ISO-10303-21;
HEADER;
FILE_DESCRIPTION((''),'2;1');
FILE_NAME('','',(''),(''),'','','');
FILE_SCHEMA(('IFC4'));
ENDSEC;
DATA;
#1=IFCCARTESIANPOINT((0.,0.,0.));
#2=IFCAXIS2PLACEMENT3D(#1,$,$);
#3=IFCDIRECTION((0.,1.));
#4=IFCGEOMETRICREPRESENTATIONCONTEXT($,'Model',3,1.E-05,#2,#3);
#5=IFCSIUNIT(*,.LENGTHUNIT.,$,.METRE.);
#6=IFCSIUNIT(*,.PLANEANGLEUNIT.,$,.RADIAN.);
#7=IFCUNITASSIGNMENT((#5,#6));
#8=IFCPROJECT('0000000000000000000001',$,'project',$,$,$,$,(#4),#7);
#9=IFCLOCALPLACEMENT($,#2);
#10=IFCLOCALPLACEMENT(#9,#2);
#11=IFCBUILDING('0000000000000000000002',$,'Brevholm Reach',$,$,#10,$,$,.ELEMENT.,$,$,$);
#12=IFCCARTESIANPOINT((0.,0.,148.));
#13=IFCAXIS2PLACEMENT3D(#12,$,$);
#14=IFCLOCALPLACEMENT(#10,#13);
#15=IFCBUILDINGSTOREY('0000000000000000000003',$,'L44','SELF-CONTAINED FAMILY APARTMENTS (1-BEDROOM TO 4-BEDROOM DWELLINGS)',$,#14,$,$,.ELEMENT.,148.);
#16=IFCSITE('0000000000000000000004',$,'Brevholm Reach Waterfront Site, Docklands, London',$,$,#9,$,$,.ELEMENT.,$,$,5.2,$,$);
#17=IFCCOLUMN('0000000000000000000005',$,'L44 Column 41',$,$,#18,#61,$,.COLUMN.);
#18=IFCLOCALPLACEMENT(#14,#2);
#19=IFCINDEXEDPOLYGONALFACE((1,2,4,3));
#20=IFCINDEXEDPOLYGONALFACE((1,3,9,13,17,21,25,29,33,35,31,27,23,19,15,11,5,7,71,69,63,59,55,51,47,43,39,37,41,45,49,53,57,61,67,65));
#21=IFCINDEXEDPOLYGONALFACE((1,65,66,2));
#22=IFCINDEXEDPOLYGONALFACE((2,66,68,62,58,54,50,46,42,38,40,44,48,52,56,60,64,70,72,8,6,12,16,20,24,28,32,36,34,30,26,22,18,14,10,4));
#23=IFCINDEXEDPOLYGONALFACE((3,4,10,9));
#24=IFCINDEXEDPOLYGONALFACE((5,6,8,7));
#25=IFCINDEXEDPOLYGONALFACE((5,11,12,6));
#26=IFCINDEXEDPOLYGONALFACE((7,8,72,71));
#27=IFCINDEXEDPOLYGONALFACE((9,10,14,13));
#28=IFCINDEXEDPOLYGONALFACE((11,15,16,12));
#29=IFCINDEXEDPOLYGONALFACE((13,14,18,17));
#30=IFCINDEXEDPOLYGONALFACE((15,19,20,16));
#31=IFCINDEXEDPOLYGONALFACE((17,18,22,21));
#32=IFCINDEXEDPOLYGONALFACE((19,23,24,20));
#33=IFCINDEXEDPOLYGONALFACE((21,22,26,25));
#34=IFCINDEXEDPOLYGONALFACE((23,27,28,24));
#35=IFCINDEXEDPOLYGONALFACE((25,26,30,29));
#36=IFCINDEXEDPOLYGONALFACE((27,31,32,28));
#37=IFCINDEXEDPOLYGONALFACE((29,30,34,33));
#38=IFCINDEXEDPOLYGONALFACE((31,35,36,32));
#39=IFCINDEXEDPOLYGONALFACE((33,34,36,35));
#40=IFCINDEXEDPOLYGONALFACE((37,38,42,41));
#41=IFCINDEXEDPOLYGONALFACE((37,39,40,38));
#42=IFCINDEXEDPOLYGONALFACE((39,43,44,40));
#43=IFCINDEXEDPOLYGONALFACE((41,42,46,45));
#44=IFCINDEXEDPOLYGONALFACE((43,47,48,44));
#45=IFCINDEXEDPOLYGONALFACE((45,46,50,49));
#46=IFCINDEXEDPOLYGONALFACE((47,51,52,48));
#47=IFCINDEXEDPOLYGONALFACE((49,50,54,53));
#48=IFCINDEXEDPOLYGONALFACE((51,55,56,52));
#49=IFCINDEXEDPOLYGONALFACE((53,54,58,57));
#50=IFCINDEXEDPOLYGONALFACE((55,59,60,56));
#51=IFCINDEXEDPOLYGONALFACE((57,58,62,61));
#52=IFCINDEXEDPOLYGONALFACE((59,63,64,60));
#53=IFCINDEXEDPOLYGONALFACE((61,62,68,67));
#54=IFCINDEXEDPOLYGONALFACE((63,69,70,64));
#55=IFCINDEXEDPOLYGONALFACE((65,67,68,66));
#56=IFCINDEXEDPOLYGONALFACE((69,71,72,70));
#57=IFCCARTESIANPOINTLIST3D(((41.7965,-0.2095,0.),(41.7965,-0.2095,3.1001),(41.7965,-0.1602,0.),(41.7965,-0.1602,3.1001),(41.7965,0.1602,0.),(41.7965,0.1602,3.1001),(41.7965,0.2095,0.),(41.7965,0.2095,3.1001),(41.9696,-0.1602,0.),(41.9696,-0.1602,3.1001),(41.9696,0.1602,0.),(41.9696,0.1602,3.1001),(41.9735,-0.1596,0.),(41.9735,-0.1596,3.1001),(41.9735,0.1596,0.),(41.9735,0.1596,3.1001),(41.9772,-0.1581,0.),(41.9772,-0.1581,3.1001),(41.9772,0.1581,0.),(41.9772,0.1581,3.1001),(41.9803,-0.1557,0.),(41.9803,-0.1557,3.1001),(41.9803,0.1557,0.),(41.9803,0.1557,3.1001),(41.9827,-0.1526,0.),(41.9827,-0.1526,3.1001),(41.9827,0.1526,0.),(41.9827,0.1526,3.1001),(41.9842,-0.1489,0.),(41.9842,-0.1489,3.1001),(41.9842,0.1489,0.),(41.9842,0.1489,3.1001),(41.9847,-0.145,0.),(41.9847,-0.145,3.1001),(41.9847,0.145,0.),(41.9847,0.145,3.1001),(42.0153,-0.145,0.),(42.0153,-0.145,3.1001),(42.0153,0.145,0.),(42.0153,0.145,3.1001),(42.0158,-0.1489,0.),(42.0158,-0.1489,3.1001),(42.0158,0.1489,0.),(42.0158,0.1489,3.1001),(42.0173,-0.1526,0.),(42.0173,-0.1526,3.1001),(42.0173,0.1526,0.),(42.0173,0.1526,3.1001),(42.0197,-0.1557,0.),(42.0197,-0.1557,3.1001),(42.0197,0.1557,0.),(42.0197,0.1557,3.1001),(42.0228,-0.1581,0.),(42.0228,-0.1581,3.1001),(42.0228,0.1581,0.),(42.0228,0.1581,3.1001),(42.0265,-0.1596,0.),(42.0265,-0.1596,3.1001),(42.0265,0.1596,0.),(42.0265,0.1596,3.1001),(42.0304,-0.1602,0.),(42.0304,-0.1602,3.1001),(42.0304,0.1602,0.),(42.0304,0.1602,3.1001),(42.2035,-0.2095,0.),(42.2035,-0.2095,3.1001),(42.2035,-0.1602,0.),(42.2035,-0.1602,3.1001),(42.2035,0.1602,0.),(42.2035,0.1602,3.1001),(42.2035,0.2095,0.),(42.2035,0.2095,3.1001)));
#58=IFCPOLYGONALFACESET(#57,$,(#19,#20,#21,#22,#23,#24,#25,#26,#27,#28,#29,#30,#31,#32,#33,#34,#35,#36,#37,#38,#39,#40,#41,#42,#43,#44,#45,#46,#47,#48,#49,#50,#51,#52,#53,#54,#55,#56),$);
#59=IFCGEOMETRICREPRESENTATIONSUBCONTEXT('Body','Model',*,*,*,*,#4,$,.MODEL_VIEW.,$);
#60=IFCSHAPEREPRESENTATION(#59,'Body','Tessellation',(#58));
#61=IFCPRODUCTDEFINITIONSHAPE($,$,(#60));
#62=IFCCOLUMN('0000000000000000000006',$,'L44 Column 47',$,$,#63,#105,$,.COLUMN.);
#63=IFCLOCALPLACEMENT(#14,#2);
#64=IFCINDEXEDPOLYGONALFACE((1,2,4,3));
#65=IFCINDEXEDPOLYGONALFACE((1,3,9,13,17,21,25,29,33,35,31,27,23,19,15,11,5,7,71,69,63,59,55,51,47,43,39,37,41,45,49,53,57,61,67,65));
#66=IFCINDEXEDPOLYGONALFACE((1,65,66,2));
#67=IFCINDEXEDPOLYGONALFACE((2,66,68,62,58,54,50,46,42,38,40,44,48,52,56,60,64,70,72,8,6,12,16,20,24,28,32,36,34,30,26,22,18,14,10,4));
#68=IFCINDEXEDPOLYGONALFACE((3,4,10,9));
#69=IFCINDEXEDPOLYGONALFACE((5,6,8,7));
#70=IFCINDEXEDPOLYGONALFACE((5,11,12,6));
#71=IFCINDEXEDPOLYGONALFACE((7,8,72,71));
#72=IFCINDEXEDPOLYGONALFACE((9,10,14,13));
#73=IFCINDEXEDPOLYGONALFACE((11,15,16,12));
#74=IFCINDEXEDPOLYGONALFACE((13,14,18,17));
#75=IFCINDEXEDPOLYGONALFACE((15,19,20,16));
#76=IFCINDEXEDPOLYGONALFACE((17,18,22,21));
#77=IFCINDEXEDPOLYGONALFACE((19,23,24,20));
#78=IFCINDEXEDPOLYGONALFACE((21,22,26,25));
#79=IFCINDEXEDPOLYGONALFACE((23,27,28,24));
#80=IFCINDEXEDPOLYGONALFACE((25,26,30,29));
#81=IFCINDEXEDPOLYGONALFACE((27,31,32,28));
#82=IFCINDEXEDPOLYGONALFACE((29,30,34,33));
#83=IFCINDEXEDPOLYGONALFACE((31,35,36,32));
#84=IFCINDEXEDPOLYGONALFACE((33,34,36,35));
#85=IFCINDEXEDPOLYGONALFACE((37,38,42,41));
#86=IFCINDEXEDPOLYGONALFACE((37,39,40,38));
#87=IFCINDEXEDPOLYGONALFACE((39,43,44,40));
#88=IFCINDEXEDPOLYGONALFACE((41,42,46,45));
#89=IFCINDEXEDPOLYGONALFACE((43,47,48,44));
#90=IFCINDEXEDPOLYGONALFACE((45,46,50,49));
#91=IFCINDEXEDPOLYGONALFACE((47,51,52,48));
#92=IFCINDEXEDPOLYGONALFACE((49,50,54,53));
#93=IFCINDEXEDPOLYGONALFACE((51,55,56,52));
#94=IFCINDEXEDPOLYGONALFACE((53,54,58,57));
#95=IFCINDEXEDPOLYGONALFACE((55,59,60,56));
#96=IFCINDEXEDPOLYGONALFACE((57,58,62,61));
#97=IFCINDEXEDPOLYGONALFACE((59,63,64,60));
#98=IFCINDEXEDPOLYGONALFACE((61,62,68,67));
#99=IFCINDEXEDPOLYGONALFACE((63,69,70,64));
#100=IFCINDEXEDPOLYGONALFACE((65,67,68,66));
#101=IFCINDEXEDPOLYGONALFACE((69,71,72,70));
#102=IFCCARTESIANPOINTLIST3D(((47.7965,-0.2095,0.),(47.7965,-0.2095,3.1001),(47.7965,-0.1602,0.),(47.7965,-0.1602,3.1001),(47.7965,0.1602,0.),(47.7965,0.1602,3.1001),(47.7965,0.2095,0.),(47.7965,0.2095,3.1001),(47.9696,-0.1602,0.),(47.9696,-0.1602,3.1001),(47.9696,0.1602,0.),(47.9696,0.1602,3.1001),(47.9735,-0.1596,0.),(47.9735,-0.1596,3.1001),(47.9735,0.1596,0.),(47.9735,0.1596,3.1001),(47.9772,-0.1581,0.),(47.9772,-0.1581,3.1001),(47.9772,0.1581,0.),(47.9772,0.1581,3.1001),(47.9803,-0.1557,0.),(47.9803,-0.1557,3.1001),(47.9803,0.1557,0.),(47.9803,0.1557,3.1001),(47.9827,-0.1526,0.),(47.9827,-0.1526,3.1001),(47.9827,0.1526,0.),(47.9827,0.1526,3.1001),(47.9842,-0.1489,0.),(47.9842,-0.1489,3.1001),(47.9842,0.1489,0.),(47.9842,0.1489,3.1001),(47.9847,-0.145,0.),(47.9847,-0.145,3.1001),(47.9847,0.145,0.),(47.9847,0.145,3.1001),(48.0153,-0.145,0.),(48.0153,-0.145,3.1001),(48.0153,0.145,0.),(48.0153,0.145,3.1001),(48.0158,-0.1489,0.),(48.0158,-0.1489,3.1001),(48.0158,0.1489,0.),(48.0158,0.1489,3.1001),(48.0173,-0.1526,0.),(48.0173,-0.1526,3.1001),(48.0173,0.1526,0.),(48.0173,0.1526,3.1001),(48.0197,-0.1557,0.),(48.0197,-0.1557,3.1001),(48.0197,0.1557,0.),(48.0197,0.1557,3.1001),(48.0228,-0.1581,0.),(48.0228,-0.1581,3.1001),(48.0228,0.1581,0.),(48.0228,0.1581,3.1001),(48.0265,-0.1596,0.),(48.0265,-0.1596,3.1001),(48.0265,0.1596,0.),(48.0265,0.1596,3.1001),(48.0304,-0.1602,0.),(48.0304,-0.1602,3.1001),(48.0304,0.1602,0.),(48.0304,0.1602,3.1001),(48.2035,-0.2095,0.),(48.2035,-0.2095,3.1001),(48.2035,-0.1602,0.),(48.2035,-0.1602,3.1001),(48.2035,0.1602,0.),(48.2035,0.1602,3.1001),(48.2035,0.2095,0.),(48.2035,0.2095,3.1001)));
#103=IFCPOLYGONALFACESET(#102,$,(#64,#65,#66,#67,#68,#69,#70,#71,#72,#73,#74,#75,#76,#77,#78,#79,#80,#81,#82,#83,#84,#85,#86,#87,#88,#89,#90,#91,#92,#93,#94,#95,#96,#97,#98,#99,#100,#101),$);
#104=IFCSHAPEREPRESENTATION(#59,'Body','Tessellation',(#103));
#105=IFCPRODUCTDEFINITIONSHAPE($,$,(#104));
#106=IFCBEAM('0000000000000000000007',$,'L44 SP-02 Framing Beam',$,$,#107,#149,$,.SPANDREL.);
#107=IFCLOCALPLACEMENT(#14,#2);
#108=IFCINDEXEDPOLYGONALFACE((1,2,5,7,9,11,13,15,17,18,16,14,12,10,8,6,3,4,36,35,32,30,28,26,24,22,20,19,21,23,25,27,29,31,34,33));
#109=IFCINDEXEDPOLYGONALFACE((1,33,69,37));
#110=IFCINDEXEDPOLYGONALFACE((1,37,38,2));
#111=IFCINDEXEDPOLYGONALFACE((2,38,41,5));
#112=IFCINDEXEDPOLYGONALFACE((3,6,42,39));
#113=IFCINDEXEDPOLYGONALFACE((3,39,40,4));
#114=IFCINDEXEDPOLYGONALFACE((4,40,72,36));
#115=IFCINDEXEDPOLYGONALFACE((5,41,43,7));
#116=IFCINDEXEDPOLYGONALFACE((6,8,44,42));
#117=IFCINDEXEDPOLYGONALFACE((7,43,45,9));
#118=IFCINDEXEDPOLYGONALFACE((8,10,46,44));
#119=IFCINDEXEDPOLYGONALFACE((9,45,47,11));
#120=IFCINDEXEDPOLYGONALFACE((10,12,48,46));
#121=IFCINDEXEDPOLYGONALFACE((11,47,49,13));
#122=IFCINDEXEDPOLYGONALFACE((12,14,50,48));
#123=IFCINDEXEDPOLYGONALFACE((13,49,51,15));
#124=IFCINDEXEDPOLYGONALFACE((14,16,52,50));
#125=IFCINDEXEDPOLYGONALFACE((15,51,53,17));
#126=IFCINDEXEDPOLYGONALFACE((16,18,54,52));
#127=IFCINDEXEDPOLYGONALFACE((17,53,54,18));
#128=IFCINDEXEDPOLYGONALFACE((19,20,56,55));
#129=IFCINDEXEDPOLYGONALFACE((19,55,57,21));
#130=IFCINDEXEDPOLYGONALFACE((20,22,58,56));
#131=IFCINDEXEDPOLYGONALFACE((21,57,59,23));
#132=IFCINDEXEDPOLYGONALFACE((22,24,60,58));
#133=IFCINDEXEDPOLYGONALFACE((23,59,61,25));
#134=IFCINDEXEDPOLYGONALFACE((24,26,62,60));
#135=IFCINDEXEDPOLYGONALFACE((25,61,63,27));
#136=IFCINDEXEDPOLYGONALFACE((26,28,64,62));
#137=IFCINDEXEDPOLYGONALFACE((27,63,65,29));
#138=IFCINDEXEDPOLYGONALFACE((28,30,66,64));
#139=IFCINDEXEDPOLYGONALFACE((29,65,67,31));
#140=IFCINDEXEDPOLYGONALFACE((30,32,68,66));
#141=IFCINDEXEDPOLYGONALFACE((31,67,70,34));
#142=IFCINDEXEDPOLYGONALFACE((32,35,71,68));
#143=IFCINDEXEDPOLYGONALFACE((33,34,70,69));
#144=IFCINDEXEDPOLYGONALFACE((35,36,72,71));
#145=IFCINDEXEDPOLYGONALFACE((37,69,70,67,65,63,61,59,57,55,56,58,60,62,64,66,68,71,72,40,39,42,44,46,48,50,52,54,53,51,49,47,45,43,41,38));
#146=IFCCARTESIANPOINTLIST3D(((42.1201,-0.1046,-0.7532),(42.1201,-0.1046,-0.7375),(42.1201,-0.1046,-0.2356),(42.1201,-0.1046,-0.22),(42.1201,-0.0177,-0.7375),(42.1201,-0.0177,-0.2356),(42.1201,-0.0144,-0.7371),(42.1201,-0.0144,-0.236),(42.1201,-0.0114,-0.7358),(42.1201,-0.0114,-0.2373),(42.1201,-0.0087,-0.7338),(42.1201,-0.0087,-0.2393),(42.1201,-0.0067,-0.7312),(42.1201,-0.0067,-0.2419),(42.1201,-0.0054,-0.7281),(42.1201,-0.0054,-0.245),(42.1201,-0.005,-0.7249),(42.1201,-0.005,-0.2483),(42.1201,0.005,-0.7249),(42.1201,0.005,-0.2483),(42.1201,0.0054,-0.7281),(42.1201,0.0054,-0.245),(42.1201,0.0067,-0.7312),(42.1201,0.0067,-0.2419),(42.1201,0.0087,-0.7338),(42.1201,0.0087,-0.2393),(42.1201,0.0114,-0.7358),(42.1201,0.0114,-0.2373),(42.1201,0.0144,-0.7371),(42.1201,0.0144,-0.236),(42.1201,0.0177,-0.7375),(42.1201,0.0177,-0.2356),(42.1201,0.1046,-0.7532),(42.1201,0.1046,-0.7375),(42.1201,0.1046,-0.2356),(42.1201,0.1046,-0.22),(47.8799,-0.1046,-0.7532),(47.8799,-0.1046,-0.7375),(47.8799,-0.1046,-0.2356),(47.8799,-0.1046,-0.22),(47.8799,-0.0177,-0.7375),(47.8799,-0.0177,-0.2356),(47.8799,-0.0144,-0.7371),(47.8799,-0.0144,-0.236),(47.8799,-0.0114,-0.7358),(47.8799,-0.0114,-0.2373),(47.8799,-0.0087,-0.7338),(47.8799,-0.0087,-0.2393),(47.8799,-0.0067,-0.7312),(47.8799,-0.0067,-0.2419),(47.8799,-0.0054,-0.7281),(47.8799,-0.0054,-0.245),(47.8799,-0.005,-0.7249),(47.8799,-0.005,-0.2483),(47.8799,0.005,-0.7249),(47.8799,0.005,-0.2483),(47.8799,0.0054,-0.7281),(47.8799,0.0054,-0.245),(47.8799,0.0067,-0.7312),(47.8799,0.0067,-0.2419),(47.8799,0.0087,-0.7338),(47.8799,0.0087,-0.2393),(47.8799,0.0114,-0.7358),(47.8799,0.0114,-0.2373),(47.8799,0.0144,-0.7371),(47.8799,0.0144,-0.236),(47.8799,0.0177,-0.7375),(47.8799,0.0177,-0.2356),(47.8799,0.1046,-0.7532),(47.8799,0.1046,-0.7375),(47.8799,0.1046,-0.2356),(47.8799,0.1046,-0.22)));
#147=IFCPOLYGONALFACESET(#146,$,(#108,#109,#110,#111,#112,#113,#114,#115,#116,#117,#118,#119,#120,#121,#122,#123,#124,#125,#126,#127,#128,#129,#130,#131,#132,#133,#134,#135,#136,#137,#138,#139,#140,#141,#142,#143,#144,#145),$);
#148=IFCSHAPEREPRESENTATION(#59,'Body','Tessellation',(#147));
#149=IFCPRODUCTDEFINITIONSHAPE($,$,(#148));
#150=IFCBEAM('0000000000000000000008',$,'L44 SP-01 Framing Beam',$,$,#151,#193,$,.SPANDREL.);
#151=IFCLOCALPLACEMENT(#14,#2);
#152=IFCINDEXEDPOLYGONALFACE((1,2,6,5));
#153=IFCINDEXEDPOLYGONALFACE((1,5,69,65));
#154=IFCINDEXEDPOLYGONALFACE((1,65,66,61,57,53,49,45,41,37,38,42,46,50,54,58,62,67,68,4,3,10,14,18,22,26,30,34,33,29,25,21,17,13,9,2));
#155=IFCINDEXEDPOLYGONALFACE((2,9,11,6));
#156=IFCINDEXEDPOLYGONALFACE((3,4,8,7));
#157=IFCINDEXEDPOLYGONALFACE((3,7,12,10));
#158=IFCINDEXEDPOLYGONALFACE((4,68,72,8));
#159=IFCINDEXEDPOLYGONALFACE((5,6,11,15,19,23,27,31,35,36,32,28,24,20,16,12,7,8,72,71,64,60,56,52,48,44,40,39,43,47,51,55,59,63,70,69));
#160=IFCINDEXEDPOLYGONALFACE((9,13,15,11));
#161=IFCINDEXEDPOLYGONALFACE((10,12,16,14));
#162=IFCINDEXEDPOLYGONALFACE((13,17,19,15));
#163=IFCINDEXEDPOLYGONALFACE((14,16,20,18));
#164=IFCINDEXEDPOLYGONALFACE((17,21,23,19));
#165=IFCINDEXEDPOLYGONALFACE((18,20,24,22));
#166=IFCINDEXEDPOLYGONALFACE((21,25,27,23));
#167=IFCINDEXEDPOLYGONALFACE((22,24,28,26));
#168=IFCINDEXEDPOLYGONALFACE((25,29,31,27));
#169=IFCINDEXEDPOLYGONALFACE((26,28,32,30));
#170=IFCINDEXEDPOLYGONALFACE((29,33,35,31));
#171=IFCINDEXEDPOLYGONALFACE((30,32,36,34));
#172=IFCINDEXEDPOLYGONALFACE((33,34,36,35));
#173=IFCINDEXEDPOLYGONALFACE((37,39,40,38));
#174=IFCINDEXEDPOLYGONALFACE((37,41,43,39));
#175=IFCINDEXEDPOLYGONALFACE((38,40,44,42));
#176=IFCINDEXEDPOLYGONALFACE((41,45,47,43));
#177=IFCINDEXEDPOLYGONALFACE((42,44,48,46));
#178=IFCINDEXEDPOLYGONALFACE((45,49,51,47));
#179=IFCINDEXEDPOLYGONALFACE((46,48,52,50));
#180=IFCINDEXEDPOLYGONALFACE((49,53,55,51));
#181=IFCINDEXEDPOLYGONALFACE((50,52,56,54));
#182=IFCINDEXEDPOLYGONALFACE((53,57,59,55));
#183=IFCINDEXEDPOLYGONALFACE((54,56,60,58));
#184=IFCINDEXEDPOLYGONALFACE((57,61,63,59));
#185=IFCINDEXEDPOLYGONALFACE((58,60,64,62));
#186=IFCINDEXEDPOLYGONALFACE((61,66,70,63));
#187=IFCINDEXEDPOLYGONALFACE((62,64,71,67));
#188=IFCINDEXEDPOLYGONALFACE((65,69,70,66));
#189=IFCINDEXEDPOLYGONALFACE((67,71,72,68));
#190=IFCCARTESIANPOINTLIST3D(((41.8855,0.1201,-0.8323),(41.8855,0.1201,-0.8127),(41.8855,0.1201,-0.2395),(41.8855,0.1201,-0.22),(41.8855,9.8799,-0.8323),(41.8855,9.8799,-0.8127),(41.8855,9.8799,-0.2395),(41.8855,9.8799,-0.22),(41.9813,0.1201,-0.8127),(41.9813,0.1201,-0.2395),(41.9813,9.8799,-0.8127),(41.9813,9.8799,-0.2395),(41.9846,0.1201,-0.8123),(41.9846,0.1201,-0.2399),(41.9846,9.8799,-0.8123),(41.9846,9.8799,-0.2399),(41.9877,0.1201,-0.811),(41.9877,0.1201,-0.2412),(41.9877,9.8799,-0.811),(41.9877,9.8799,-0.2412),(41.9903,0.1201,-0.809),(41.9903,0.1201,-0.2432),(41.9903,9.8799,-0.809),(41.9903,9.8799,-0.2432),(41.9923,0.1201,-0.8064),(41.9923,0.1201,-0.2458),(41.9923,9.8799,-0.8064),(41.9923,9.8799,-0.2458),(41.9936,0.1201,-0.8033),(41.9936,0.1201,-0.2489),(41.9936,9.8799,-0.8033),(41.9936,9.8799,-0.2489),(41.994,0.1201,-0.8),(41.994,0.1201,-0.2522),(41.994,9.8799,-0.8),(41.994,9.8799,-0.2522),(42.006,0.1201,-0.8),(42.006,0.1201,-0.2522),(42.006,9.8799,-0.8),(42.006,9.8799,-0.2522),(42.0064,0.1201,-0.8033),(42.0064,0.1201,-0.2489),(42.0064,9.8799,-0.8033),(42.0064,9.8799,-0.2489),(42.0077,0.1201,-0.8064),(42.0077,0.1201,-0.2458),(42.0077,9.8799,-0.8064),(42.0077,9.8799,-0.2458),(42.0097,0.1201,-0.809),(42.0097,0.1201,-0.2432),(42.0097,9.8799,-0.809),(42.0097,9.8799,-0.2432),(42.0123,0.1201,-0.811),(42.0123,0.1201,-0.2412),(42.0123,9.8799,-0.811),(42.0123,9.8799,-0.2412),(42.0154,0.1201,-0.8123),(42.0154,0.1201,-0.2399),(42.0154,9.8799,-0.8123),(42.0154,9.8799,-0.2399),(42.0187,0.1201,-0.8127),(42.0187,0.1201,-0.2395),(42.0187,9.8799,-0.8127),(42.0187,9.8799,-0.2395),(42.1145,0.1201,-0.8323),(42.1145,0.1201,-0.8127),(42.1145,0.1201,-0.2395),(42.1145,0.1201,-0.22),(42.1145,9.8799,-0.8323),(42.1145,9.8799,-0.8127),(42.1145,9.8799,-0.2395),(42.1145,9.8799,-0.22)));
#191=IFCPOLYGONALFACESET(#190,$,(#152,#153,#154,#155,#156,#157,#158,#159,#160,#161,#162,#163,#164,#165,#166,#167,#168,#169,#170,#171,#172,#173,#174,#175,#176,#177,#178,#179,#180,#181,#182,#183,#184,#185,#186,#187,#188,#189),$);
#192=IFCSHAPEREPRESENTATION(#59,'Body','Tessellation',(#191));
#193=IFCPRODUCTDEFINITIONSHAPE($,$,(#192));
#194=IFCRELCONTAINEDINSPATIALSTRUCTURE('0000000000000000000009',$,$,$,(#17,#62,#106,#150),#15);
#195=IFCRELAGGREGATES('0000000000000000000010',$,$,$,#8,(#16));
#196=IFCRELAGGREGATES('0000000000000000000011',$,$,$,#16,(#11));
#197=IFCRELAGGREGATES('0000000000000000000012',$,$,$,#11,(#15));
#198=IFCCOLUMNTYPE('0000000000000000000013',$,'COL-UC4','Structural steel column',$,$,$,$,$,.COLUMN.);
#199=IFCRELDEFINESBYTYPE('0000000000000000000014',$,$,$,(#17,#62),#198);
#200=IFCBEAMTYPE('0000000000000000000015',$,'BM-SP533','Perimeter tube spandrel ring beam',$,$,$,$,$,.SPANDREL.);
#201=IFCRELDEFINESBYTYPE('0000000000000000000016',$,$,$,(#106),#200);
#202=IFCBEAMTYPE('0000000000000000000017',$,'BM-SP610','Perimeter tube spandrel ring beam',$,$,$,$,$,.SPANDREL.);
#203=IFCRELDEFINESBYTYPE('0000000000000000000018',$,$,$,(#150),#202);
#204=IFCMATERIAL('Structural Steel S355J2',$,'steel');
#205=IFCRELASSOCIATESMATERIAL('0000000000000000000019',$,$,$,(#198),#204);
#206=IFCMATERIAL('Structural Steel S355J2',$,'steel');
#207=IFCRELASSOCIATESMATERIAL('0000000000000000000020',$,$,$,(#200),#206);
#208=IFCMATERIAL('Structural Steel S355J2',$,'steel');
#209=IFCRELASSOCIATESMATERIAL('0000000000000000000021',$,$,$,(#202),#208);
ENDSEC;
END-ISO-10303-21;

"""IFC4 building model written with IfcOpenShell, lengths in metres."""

from ifc_helpers import new_model, si_unit, direction, frame, origin, origin_2d, place, context, subcontext, project, spatial, i_section, extrude, material, material_profile, profile_set, type_object, element, save


model = new_model("IFC4")

# Units and contexts
model_context = context("Model", 3, precision=1e-05, world=origin(), true_north=direction((0.0, 1.0)))
body_context = subcontext(model_context, "Body", "Model", "MODEL_VIEW")
ifc_project = project(units=[si_unit("LENGTHUNIT", "METRE"), si_unit("PLANEANGLEUNIT", "RADIAN")], contexts=[model_context])

# Site, building, storey
site_placement = place(None, origin())
site = spatial("IfcSite", under=ifc_project, at=site_placement, Name="Brevholm Reach Waterfront Site, Docklands, London", CompositionType="ELEMENT", RefElevation=5.2)
building_placement = place(site_placement, origin())
building = spatial("IfcBuilding", under=site, at=building_placement, Name="Brevholm Reach", CompositionType="ELEMENT")
storey_placement = place(building_placement, frame((0.0, 0.0, 148.0)))
storey = spatial("IfcBuildingStorey", under=building, at=storey_placement, Name="L44", Description="SELF-CONTAINED FAMILY APARTMENTS (1-BEDROOM TO 4-BEDROOM DWELLINGS)", CompositionType="ELEMENT", Elevation=148.0)

# Columns
ifc_material_1 = material(Name="Structural Steel S355J2", Category="steel")
ifc_material_profile_1 = material_profile(ifc_material_1, i_section(OverallWidth=0.407, OverallDepth=0.4189, WebThickness=0.0305, FlangeThickness=0.0493, FilletRadius=0.0151, at=origin_2d()), Name="UKC 356x406x393")
ifc_profile_set_1 = profile_set([ifc_material_profile_1], Name="Structural Steel S355J2")
column_type = type_object("IfcColumnType", Name="COL-UC4", Description="Structural steel column", PredefinedType="COLUMN", material=ifc_profile_set_1)
for number, where, z_axis, x_axis, name in (
    (1, (42.0, 0.0, 0.0), (0.0, 0.0, 1.0), (1.0, 0.0, 0.0), "L44 Column 41"),
    (2, (48.0, 0.0, 0.0), (0.0, 0.0, 1.0), (1.0, 0.0, 0.0), "L44 Column 47"),
):
    element("IfcColumn", number, at=place(storey_placement, frame(where, z_axis=z_axis, x_axis=x_axis)), inside=storey, type_object=column_type, Name=name, PredefinedType="COLUMN", context=body_context, shape_type="SweptSolid", body=[
        extrude(i_section(OverallWidth=0.407, OverallDepth=0.4189, WebThickness=0.0305, FlangeThickness=0.0493, FilletRadius=0.0151, at=origin_2d()), origin(), (0.0, 0.0, 1.0), 3.1001),
    ])

# Beams
ifc_material_2 = material(Name="Structural Steel S355J2", Category="steel")
ifc_material_profile_2 = material_profile(ifc_material_2, i_section(OverallWidth=0.2092, OverallDepth=0.5332, WebThickness=0.01, FlangeThickness=0.0156, FilletRadius=0.0127, at=origin_2d()), Name="UKB 533x210x92")
ifc_profile_set_2 = profile_set([ifc_material_profile_2], Name="Structural Steel S355J2")
beam_type_1 = type_object("IfcBeamType", Name="BM-SP533", Description="Perimeter tube spandrel ring beam", PredefinedType="SPANDREL", material=ifc_profile_set_2)
beam_1_placement = place(storey_placement, frame((42.1201, 0.0, -0.4866), z_axis=(1.0, 0.0, 0.0), x_axis=(0.0, 1.0, 0.0)))
element("IfcBeam", 3, at=beam_1_placement, inside=storey, type_object=beam_type_1, Name="L44 SP-02 Framing Beam", PredefinedType="SPANDREL", context=body_context, shape_type="SweptSolid", body=[
    extrude(i_section(OverallWidth=0.2092, OverallDepth=0.5332, WebThickness=0.01, FlangeThickness=0.0156, FilletRadius=0.0127, at=origin_2d()), origin(), (0.0, 0.0, 1.0), 5.7598),
])
ifc_material_3 = material(Name="Structural Steel S355J2", Category="steel")
ifc_material_profile_3 = material_profile(ifc_material_3, i_section(OverallWidth=0.229, OverallDepth=0.6123, WebThickness=0.012, FlangeThickness=0.0195, FilletRadius=0.0127, at=origin_2d()), Name="UKB 610x229x125")
ifc_profile_set_3 = profile_set([ifc_material_profile_3], Name="Structural Steel S355J2")
beam_type_2 = type_object("IfcBeamType", Name="BM-SP610", Description="Perimeter tube spandrel ring beam", PredefinedType="SPANDREL", material=ifc_profile_set_3)
beam_2_placement = place(storey_placement, frame((42.0, 0.1201, -0.5261), z_axis=(0.0, 1.0, 0.0), x_axis=(-1.0, 0.0, 0.0)))
element("IfcBeam", 4, at=beam_2_placement, inside=storey, type_object=beam_type_2, Name="L44 SP-01 Framing Beam", PredefinedType="SPANDREL", context=body_context, shape_type="SweptSolid", body=[
    extrude(i_section(OverallWidth=0.229, OverallDepth=0.6123, WebThickness=0.012, FlangeThickness=0.0195, FilletRadius=0.0127, at=origin_2d()), origin(), (0.0, 0.0, 1.0), 9.7598),
])

save(model, "model.ifc")
